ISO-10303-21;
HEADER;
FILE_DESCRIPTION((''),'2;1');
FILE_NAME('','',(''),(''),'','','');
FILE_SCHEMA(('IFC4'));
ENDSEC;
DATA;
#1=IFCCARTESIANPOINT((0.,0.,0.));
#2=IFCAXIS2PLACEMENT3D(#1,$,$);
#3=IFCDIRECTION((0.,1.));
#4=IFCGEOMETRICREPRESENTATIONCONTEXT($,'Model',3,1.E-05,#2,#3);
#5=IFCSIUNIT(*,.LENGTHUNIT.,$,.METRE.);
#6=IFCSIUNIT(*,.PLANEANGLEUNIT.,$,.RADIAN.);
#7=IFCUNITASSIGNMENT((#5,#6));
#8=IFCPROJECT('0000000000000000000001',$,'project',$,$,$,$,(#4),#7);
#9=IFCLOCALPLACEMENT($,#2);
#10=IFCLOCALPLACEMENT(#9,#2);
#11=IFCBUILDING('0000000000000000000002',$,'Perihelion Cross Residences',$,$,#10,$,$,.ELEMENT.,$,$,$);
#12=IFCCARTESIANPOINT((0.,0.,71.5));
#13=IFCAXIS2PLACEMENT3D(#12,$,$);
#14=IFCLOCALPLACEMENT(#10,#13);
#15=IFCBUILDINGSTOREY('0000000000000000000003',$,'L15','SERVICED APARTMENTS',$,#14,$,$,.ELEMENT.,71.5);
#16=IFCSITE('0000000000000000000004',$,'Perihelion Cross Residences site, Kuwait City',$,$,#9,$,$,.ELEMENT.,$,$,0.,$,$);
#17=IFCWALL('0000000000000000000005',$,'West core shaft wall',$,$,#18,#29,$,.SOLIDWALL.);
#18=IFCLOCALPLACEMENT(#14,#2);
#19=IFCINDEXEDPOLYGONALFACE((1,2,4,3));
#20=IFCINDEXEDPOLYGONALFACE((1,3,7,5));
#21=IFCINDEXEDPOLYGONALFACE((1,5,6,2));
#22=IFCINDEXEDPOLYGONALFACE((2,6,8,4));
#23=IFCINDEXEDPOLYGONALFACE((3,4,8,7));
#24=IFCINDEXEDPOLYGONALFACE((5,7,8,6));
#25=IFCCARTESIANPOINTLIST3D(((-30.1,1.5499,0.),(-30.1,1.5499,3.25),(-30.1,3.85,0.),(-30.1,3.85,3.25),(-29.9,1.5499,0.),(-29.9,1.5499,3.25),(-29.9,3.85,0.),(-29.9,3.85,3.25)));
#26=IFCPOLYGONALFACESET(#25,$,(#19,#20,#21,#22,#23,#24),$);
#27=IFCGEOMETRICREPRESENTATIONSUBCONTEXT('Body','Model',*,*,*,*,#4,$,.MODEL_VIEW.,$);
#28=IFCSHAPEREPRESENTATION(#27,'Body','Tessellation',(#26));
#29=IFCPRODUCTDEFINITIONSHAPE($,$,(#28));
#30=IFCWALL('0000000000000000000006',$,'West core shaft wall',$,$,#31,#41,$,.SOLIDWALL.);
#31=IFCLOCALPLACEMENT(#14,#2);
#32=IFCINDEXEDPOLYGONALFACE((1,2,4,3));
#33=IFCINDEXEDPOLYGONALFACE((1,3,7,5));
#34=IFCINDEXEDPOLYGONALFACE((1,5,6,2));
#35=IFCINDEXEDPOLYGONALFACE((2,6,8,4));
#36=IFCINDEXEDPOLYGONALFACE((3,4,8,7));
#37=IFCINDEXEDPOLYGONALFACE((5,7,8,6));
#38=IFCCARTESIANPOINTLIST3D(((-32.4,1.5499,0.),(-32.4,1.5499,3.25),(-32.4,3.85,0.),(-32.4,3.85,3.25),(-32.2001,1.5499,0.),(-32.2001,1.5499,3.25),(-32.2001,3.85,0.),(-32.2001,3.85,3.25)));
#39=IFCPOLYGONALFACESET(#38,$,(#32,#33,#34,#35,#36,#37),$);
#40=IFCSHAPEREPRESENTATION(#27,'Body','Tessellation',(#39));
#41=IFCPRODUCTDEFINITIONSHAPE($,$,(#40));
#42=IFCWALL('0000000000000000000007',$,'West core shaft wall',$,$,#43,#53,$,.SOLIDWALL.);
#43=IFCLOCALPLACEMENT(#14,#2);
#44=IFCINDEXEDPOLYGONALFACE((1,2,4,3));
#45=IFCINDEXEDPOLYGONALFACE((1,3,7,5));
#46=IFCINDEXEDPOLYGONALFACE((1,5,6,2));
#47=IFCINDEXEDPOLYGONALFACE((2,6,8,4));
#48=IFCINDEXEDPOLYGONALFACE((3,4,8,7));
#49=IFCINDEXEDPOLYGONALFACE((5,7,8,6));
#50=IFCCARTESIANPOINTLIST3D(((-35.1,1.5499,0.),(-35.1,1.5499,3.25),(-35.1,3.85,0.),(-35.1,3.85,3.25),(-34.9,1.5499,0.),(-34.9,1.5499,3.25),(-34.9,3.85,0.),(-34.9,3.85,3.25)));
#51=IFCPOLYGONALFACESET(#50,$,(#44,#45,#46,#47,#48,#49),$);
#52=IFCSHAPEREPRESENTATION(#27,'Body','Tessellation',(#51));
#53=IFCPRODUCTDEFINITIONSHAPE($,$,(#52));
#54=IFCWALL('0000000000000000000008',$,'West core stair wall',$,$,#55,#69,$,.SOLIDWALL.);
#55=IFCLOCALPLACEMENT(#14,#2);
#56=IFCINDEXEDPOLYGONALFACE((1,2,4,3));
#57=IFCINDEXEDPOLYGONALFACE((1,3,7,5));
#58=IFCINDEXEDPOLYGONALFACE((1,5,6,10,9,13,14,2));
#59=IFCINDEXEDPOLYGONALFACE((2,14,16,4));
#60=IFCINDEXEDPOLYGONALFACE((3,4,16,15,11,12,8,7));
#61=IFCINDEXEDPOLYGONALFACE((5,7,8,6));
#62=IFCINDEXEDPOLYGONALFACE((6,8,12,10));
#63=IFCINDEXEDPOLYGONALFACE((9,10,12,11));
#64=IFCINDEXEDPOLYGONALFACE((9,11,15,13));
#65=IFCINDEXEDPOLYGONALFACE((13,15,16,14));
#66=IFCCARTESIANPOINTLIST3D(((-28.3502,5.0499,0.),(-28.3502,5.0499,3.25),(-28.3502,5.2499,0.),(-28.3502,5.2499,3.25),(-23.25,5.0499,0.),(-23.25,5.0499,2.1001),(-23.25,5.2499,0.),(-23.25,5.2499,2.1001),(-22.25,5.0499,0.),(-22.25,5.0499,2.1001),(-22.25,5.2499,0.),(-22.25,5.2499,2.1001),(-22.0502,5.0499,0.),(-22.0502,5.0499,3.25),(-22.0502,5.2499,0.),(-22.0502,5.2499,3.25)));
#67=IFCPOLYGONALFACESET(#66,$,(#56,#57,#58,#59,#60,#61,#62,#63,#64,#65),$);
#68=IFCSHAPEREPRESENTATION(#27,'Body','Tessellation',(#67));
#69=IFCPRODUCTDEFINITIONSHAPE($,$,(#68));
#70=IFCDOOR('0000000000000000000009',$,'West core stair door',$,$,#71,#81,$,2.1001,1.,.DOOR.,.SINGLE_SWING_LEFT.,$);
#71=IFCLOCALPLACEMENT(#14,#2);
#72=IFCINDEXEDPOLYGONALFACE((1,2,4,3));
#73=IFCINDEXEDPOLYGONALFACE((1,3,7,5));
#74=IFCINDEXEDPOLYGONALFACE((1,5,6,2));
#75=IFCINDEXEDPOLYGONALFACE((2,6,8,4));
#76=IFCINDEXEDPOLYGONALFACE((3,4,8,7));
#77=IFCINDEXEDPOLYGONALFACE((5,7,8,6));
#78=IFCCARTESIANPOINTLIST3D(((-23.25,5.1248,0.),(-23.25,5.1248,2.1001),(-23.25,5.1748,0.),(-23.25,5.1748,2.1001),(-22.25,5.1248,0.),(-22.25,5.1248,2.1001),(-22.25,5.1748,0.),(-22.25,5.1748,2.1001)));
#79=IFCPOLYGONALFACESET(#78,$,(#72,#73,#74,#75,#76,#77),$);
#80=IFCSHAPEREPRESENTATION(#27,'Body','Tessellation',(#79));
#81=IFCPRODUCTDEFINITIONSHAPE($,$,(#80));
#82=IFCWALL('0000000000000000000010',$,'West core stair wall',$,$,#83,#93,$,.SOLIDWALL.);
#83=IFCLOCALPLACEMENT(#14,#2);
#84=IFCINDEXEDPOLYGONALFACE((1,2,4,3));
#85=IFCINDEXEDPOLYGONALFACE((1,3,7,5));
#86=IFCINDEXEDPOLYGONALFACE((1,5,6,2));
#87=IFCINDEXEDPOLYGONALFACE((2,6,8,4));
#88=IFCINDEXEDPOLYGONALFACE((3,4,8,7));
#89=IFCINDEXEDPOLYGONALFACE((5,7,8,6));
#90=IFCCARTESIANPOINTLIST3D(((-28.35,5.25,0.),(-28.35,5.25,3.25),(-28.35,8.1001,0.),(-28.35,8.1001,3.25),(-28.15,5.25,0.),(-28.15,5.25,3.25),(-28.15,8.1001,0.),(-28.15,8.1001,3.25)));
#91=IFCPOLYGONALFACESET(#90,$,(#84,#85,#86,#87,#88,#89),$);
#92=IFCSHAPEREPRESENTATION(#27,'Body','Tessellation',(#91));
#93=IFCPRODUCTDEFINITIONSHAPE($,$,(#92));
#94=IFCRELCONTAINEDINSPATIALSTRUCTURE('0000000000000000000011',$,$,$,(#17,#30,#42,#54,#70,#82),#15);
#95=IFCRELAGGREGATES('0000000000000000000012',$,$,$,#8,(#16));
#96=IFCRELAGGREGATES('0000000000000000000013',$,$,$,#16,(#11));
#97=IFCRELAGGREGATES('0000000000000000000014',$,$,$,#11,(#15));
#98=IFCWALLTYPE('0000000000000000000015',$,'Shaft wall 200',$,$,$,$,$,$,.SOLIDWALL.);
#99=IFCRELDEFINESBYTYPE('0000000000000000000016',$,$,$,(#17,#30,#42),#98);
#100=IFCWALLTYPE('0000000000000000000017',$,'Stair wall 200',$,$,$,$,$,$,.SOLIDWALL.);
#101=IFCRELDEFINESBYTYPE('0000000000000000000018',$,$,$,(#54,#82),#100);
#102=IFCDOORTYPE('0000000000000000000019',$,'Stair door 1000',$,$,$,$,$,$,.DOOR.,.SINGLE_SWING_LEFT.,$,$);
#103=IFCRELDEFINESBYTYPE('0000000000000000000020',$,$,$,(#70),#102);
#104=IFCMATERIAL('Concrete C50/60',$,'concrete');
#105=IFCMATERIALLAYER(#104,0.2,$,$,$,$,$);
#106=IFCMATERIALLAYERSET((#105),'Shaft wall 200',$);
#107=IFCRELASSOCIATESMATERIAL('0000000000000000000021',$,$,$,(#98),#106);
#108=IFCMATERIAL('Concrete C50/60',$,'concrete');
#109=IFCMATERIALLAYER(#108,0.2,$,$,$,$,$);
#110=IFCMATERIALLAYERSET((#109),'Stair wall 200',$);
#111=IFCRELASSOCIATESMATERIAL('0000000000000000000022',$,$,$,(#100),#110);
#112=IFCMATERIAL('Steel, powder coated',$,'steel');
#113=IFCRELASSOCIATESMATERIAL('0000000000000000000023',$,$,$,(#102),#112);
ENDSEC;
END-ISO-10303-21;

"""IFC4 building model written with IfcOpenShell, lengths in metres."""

from ifc_helpers import new_model, si_unit, direction, frame, frame_2d, origin, place, context, subcontext, project, spatial, rectangle, extrude, material, layer, layer_set, type_object, element, fill, save


model = new_model("IFC4")

# Units and contexts
model_context = context("Model", 3, precision=1e-05, world=origin(), true_north=direction((0.0, 1.0)))
body_context = subcontext(model_context, "Body", "Model", "MODEL_VIEW")
ifc_project = project(units=[si_unit("LENGTHUNIT", "METRE"), si_unit("PLANEANGLEUNIT", "RADIAN")], contexts=[model_context])

# Site, building, storey
site_placement = place(None, origin())
site = spatial("IfcSite", under=ifc_project, at=site_placement, Name="Perihelion Cross Residences site, Kuwait City", CompositionType="ELEMENT", RefElevation=0.0)
building_placement = place(site_placement, origin())
building = spatial("IfcBuilding", under=site, at=building_placement, Name="Perihelion Cross Residences", CompositionType="ELEMENT")
storey_placement = place(building_placement, frame((0.0, 0.0, 71.5)))
storey = spatial("IfcBuildingStorey", under=building, at=storey_placement, Name="L15", Description="SERVICED APARTMENTS", CompositionType="ELEMENT", Elevation=71.5)

# Shared definitions
ifc_material_1 = material(Name="Concrete C50/60", Category="concrete")
ifc_layer_1 = layer(ifc_material_1, 0.2)
ifc_layer_set_1 = layer_set([ifc_layer_1], Name="Shaft wall 200")
wall_type_1 = type_object("IfcWallType", Name="Shaft wall 200", PredefinedType="SOLIDWALL", material=ifc_layer_set_1)

# Walls
for number, where, z_axis, x_axis, name in (
    (1, (-30.0, 1.55, 0.0), (0.0, 0.0, 1.0), (0.0, 1.0, 0.0), "West core shaft wall"),
    (2, (-32.3, 1.55, 0.0), (0.0, 0.0, 1.0), (0.0, 1.0, 0.0), "West core shaft wall"),
    (3, (-35.0, 1.55, 0.0), (0.0, 0.0, 1.0), (0.0, 1.0, 0.0), "West core shaft wall"),
):
    element("IfcWall", number, at=place(storey_placement, frame(where, z_axis=z_axis, x_axis=x_axis)), inside=storey, type_object=wall_type_1, Name=name, PredefinedType="SOLIDWALL", context=body_context, shape_type="SweptSolid", body=[
        extrude(rectangle(XDim=2.3, YDim=0.2, at=frame_2d((1.1499, 0.0))), origin(), (0.0, 0.0, 1.0), 3.25),
    ])

# Wall, opening, door
ifc_material_2 = material(Name="Concrete C50/60", Category="concrete")
ifc_layer_2 = layer(ifc_material_2, 0.2)
ifc_layer_set_2 = layer_set([ifc_layer_2], Name="Stair wall 200")
wall_type_2 = type_object("IfcWallType", Name="Stair wall 200", PredefinedType="SOLIDWALL", material=ifc_layer_set_2)
wall_1_placement = place(storey_placement, frame((-28.3501, 5.1499, 0.0), z_axis=(0.0, 0.0, 1.0), x_axis=(1.0, 0.0, 0.0)))
wall_1 = element("IfcWall", 4, at=wall_1_placement, inside=storey, type_object=wall_type_2, Name="West core stair wall", PredefinedType="SOLIDWALL", context=body_context, shape_type="SweptSolid", body=[
    extrude(rectangle(XDim=6.3, YDim=0.2, at=frame_2d((3.1499, 0.0))), origin(), (0.0, 0.0, 1.0), 3.25),
])
opening_1_placement = place(wall_1_placement, frame((5.1001, 0.0, 0.0)))
opening_1 = element("IfcOpeningElement", 5, at=opening_1_placement, cuts=wall_1, PredefinedType="OPENING", context=body_context, shape_type="SweptSolid", body=[
    extrude(rectangle(XDim=1.0, YDim=2.1001, at=frame_2d((0.5, 1.05))), frame((0.0, 0.1099, 0.0), z_axis=(0.0, -1.0, 0.0), x_axis=(1.0, 0.0, 0.0)), (0.0, 0.0, 1.0), 0.22),
])
ifc_material_3 = material(Name="Steel, powder coated", Category="steel")
door_type_1 = type_object("IfcDoorType", Name="Stair door 1000", OperationType="SINGLE_SWING_LEFT", PredefinedType="DOOR", material=ifc_material_3)
door_1_placement = place(opening_1_placement, origin())
door_1 = element("IfcDoor", 6, at=door_1_placement, inside=storey, type_object=door_type_1, Name="West core stair door", OperationType="SINGLE_SWING_LEFT", OverallHeight=2.1001, OverallWidth=1.0, PredefinedType="DOOR", context=body_context, shape_type="SweptSolid", body=[
    extrude(rectangle(XDim=1.0, YDim=2.1001, at=frame_2d((0.5, 1.05))), frame((0.0, 0.0249, 0.0), z_axis=(0.0, -1.0, 0.0), x_axis=(1.0, 0.0, 0.0)), (0.0, 0.0, 1.0), 0.05),
])
fill(opening_1, door_1)

# Wall
wall_2_placement = place(storey_placement, frame((-28.25, 5.25, 0.0), z_axis=(0.0, 0.0, 1.0), x_axis=(0.0, 1.0, 0.0)))
element("IfcWall", 7, at=wall_2_placement, inside=storey, type_object=wall_type_2, Name="West core stair wall", PredefinedType="SOLIDWALL", context=body_context, shape_type="SweptSolid", body=[
    extrude(rectangle(XDim=2.8501, YDim=0.2, at=frame_2d((1.425, 0.0))), origin(), (0.0, 0.0, 1.0), 3.25),
])

save(model, "model.ifc")
